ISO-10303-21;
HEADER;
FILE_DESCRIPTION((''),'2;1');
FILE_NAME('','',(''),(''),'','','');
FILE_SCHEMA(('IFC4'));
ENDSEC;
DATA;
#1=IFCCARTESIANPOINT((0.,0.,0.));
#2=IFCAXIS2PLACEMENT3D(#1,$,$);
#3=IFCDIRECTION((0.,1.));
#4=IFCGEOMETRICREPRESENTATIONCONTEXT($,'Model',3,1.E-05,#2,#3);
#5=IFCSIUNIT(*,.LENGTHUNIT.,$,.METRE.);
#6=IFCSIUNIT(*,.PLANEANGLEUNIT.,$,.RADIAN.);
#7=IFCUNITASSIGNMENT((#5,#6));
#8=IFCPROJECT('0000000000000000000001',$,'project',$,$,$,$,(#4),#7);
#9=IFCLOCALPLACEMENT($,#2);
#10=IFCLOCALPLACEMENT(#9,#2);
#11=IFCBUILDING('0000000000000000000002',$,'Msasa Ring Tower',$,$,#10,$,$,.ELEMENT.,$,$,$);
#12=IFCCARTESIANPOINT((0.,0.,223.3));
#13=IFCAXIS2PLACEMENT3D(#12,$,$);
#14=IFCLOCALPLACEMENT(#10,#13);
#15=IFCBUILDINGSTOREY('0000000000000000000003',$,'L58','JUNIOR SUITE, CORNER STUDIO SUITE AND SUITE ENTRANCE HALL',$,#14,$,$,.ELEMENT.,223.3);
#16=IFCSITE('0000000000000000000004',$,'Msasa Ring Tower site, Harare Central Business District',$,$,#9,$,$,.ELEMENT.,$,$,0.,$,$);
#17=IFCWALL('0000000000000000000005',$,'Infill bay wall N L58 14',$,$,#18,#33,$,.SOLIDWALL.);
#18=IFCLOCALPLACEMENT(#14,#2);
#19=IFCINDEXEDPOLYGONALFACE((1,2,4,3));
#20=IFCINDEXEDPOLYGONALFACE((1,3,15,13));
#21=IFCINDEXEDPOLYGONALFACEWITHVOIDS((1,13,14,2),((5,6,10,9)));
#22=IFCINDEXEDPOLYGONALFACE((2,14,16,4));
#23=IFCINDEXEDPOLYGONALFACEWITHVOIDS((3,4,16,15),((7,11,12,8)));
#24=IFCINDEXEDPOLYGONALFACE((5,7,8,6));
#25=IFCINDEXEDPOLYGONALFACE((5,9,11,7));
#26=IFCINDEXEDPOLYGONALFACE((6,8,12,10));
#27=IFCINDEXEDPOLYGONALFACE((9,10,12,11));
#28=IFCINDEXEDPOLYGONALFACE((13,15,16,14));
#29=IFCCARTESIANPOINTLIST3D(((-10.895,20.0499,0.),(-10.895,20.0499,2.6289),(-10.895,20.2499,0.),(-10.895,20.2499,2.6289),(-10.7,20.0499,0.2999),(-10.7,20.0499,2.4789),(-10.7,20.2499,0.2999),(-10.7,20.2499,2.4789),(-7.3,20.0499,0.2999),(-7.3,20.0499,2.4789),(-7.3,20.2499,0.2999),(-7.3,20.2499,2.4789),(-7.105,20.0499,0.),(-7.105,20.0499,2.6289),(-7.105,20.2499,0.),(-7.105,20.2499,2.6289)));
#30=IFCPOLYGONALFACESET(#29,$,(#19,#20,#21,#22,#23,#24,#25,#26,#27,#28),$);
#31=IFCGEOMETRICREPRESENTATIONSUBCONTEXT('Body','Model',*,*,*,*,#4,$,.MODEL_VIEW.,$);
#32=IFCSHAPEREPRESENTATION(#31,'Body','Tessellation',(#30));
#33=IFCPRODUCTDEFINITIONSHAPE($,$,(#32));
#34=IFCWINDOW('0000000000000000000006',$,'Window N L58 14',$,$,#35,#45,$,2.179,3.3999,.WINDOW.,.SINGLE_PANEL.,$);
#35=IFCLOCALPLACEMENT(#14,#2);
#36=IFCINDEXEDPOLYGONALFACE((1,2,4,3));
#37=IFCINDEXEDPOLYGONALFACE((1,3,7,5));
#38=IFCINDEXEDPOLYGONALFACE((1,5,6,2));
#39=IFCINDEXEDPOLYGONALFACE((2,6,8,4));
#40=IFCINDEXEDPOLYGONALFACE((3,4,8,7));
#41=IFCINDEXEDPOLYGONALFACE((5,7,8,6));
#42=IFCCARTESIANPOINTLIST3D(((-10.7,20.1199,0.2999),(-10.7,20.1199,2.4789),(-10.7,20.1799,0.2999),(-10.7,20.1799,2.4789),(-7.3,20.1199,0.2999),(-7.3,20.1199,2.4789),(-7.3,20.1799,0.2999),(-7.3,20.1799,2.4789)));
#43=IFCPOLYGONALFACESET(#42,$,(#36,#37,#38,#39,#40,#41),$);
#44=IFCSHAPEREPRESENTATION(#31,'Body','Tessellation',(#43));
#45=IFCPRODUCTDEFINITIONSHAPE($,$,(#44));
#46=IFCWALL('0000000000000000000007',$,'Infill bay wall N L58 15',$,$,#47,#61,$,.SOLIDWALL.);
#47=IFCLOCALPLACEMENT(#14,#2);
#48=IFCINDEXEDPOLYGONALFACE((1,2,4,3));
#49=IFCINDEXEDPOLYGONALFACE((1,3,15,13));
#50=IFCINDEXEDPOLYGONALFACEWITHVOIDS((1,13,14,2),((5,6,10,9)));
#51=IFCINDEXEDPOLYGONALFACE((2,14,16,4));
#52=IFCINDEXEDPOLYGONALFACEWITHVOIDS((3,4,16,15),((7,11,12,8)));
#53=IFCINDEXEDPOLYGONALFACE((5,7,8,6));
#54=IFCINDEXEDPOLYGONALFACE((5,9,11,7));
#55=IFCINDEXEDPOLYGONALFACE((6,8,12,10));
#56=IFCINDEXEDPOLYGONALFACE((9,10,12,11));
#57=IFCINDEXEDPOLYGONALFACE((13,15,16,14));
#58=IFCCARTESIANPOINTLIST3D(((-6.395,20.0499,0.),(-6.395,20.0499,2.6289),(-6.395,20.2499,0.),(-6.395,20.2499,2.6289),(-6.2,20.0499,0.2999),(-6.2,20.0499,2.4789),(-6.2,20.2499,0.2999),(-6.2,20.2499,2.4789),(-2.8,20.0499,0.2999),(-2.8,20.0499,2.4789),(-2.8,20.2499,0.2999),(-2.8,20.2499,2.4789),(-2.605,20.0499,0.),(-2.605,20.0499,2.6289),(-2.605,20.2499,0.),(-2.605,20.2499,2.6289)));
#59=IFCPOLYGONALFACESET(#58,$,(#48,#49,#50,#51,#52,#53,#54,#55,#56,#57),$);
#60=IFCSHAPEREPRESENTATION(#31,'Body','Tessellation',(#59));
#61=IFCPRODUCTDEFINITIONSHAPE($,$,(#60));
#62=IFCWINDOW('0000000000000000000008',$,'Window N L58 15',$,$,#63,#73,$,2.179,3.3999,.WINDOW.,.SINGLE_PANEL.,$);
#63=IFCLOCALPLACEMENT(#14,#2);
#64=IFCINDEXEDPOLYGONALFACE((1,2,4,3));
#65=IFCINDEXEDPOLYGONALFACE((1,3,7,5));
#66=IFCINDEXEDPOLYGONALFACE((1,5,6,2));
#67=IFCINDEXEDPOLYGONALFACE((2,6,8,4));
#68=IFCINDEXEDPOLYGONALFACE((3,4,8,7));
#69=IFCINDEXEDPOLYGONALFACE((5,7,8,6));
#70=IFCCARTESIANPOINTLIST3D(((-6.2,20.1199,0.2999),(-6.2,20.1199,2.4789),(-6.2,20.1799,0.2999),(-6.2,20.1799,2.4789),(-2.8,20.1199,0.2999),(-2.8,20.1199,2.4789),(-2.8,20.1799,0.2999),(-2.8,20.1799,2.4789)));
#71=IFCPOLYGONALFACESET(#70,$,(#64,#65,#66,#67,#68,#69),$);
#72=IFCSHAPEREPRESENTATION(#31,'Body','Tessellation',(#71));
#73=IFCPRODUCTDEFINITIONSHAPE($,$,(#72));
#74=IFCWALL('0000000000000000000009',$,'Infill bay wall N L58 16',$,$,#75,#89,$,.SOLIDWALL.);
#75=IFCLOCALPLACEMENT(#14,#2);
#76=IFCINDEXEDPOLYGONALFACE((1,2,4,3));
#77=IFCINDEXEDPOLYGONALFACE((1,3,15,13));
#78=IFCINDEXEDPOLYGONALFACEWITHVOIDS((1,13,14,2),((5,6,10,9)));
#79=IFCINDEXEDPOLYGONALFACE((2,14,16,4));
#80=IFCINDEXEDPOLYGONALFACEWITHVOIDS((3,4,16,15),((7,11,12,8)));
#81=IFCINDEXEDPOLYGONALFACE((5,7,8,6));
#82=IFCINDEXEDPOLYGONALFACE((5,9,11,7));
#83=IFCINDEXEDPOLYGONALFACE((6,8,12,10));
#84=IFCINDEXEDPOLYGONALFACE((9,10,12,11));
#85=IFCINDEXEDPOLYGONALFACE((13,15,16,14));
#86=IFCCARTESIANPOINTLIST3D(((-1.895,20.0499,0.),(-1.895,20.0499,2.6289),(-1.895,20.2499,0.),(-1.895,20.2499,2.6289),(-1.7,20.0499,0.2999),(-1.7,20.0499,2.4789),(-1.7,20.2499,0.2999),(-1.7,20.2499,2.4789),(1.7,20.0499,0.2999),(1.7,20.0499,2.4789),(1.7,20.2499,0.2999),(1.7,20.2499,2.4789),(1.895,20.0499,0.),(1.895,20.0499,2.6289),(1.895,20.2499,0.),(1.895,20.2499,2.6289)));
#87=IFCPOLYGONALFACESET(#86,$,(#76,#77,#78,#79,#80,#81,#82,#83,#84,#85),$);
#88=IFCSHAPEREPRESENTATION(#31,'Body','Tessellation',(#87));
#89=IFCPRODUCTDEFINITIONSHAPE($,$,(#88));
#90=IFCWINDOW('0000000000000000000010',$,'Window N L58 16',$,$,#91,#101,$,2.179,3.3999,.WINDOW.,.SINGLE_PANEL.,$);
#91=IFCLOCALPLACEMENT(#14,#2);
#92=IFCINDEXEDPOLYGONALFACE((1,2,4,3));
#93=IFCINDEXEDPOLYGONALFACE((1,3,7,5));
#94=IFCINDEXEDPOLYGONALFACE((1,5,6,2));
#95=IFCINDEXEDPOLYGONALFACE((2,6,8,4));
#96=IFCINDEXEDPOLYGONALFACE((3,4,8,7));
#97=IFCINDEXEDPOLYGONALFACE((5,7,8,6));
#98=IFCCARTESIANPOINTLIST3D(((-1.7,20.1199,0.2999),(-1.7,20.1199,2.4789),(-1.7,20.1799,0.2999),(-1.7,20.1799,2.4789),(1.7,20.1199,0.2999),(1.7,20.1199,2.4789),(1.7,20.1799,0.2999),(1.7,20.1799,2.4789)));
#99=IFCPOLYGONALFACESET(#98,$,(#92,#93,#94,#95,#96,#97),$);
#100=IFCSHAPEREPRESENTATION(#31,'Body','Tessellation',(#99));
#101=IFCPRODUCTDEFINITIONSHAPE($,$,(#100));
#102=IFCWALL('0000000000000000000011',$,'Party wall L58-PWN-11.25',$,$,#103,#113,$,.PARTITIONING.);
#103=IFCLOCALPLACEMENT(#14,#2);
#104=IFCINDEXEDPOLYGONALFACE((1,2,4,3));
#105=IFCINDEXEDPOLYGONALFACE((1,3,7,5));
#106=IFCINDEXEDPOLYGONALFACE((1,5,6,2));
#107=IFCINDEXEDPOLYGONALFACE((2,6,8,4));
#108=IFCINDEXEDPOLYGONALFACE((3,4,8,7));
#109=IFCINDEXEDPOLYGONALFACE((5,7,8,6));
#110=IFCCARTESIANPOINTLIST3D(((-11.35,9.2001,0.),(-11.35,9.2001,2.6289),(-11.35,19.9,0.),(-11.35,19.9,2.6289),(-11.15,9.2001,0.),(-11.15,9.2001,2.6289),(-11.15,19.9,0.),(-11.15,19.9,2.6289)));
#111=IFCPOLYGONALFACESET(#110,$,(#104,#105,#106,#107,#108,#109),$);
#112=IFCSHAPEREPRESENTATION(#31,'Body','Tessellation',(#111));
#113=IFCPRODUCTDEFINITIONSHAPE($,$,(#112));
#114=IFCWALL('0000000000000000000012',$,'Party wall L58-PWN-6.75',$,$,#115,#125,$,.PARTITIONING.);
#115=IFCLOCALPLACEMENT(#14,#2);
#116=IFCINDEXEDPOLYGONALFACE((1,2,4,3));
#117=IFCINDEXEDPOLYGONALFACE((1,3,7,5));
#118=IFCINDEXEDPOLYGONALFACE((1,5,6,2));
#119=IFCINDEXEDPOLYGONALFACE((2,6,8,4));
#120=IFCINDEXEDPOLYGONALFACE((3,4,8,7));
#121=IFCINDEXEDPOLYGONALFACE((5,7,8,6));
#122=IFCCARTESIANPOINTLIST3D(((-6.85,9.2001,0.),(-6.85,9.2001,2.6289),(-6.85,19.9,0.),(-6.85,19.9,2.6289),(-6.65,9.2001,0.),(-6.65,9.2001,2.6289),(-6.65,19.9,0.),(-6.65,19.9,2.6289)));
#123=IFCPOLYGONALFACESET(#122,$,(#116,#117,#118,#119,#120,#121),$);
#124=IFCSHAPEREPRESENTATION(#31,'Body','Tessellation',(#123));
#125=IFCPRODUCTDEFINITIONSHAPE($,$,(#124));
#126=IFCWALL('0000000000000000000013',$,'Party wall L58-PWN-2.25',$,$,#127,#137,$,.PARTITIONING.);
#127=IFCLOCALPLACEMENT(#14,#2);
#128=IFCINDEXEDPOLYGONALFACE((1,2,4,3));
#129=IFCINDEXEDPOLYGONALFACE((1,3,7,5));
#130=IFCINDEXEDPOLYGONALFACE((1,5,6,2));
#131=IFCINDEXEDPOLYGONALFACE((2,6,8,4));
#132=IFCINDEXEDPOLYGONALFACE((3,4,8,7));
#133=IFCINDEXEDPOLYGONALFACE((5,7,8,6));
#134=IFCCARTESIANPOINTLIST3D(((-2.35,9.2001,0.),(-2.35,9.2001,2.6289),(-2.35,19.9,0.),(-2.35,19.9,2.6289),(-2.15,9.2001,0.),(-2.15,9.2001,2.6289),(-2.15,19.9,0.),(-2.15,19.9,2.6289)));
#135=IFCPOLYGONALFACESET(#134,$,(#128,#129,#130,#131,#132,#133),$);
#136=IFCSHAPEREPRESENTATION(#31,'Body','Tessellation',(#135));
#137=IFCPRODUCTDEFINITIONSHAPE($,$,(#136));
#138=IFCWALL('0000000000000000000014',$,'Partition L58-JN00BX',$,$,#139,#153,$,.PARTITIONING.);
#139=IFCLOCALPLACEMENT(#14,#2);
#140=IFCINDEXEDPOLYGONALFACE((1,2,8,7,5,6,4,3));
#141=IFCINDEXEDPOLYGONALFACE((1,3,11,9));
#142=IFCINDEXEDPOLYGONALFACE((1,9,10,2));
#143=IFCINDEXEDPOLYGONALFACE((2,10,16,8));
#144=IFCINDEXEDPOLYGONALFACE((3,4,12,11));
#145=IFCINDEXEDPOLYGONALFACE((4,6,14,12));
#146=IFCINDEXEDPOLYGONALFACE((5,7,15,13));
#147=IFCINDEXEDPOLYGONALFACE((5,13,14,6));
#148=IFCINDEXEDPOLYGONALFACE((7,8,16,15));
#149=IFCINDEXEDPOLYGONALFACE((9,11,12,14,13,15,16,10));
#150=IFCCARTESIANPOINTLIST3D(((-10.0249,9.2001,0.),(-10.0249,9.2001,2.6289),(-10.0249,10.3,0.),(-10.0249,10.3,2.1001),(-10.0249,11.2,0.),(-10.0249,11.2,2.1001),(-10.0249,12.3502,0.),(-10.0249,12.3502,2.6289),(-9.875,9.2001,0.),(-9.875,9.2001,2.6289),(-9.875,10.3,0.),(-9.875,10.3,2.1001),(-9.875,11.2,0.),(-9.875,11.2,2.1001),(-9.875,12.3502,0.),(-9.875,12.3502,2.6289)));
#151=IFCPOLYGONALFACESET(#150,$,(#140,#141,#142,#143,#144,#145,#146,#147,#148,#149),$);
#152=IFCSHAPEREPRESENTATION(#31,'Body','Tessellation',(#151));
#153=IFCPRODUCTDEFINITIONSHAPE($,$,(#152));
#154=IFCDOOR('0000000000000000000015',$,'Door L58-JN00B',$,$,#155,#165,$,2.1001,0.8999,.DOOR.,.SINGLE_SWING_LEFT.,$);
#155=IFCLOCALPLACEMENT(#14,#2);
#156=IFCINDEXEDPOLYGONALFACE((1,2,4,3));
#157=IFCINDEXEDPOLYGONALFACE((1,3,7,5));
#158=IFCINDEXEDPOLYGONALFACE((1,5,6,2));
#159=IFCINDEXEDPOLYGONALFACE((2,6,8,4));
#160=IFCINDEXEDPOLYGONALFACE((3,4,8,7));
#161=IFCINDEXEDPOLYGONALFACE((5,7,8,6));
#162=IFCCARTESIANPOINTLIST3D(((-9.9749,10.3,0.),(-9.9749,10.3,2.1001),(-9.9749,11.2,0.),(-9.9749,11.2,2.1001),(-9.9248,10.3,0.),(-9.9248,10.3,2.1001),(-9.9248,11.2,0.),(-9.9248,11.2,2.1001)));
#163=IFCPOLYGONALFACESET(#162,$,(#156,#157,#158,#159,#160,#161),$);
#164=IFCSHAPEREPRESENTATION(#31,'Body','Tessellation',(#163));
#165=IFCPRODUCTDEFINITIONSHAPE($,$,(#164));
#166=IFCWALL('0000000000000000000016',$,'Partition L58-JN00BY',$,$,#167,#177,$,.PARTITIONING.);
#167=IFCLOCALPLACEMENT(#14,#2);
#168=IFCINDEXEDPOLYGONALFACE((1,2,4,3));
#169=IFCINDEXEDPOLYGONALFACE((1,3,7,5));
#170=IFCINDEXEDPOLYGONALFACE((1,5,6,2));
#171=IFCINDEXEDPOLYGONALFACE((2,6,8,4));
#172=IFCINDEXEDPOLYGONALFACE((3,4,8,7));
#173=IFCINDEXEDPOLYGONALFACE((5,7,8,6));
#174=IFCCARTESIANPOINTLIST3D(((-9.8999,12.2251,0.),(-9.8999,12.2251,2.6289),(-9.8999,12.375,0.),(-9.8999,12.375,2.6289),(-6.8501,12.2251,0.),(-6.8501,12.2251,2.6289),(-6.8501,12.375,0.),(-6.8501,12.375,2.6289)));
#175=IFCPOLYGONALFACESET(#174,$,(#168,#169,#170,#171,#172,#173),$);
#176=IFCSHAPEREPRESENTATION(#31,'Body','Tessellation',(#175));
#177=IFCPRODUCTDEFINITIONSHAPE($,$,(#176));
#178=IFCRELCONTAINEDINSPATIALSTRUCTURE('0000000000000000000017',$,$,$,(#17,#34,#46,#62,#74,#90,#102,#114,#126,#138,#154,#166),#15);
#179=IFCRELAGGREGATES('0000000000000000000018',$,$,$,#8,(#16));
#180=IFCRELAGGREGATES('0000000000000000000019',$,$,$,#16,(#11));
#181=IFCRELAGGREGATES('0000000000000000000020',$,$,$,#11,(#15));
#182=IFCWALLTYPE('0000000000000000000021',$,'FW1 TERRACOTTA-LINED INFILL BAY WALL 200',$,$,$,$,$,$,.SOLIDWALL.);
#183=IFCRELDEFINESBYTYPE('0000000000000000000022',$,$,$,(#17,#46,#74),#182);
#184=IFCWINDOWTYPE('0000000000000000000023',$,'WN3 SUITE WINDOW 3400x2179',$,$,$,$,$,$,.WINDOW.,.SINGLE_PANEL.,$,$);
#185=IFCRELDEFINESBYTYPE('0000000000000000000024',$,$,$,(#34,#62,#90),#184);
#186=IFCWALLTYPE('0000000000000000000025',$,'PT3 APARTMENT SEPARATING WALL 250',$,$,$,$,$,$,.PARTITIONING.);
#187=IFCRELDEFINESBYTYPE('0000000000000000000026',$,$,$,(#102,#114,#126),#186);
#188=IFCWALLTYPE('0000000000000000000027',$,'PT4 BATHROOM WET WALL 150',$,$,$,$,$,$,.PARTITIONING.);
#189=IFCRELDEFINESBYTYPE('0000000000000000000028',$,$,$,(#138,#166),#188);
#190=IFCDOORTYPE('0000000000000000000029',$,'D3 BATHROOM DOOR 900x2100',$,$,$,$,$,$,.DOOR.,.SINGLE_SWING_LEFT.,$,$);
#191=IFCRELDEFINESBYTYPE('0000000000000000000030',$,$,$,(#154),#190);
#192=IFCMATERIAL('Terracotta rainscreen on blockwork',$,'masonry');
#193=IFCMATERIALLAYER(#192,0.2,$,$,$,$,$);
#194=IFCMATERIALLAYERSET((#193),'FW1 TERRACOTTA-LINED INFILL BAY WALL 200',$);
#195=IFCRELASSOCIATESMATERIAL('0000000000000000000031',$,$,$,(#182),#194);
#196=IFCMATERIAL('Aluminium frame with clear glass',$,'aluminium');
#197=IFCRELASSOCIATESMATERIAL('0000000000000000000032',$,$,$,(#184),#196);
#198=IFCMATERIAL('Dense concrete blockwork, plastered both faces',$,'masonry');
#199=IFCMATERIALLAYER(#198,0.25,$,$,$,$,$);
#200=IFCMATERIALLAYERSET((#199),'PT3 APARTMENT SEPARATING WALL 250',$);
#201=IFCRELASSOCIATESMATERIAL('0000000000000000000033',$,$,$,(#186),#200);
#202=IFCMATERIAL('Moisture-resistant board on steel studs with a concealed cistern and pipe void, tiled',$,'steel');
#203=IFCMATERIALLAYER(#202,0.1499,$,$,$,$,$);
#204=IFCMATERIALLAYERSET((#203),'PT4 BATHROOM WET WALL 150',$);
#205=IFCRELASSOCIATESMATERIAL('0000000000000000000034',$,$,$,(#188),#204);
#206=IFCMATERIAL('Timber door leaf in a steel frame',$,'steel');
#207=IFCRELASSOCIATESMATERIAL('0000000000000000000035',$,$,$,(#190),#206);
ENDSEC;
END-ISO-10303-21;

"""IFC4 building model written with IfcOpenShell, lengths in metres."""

from ifc_helpers import new_model, si_unit, direction, frame, frame_2d, origin, place, context, subcontext, project, spatial, rectangle, extrude, material, layer, layer_set, type_object, element, fill, save


model = new_model("IFC4")

# Units and contexts
model_context = context("Model", 3, precision=1e-05, world=origin(), true_north=direction((0.0, 1.0)))
body_context = subcontext(model_context, "Body", "Model", "MODEL_VIEW")
ifc_project = project(units=[si_unit("LENGTHUNIT", "METRE"), si_unit("PLANEANGLEUNIT", "RADIAN")], contexts=[model_context])

# Site, building, storey
site_placement = place(None, origin())
site = spatial("IfcSite", under=ifc_project, at=site_placement, Name="Msasa Ring Tower site, Harare Central Business District", CompositionType="ELEMENT", RefElevation=0.0)
building_placement = place(site_placement, origin())
building = spatial("IfcBuilding", under=site, at=building_placement, Name="Msasa Ring Tower", CompositionType="ELEMENT")
storey_placement = place(building_placement, frame((0.0, 0.0, 223.3)))
storey = spatial("IfcBuildingStorey", under=building, at=storey_placement, Name="L58", Description="JUNIOR SUITE, CORNER STUDIO SUITE AND SUITE ENTRANCE HALL", CompositionType="ELEMENT", Elevation=223.3)

# Walls, openings, windows
ifc_material_1 = material(Name="Terracotta rainscreen on blockwork", Category="masonry")
ifc_layer_1 = layer(ifc_material_1, 0.2)
ifc_layer_set_1 = layer_set([ifc_layer_1], Name="FW1 TERRACOTTA-LINED INFILL BAY WALL 200")
wall_type_1 = type_object("IfcWallType", Name="FW1 TERRACOTTA-LINED INFILL BAY WALL 200", PredefinedType="SOLIDWALL", material=ifc_layer_set_1)
wall_1_placement = place(storey_placement, frame((-10.895, 20.1499, 0.0), z_axis=(0.0, 0.0, 1.0), x_axis=(1.0, 0.0, 0.0)))
wall_1 = element("IfcWall", 1, at=wall_1_placement, inside=storey, type_object=wall_type_1, Name="Infill bay wall N L58 14", PredefinedType="SOLIDWALL", context=body_context, shape_type="SweptSolid", body=[
    extrude(rectangle(XDim=3.79, YDim=0.2, at=frame_2d((1.895, 0.0))), origin(), (0.0, 0.0, 1.0), 2.6289),
])
opening_1_placement = place(wall_1_placement, frame((0.1951, 0.0, 0.3)))
opening_1 = element("IfcOpeningElement", 2, at=opening_1_placement, cuts=wall_1, PredefinedType="OPENING", context=body_context, shape_type="SweptSolid", body=[
    extrude(rectangle(XDim=3.3999, YDim=2.179, at=frame_2d((1.7, 1.0894))), frame((0.0, 0.1099, 0.0), z_axis=(0.0, -1.0, 0.0), x_axis=(1.0, 0.0, 0.0)), (0.0, 0.0, 1.0), 0.22),
])
ifc_material_2 = material(Name="Aluminium frame with clear glass", Category="aluminium")
window_type = type_object("IfcWindowType", Name="WN3 SUITE WINDOW 3400x2179", PartitioningType="SINGLE_PANEL", PredefinedType="WINDOW", material=ifc_material_2)
window_1_placement = place(opening_1_placement, origin())
window_1 = element("IfcWindow", 3, at=window_1_placement, inside=storey, type_object=window_type, Name="Window N L58 14", OverallHeight=2.179, OverallWidth=3.3999, PartitioningType="SINGLE_PANEL", PredefinedType="WINDOW", context=body_context, shape_type="SweptSolid", body=[
    extrude(rectangle(XDim=3.3999, YDim=2.179, at=frame_2d((1.7, 1.0894))), frame((0.0, 0.03, 0.0), z_axis=(0.0, -1.0, 0.0), x_axis=(1.0, 0.0, 0.0)), (0.0, 0.0, 1.0), 0.0601),
])
fill(opening_1, window_1)
wall_2_placement = place(storey_placement, frame((-6.395, 20.1499, 0.0), z_axis=(0.0, 0.0, 1.0), x_axis=(1.0, 0.0, 0.0)))
wall_2 = element("IfcWall", 4, at=wall_2_placement, inside=storey, type_object=wall_type_1, Name="Infill bay wall N L58 15", PredefinedType="SOLIDWALL", context=body_context, shape_type="SweptSolid", body=[
    extrude(rectangle(XDim=3.79, YDim=0.2, at=frame_2d((1.895, 0.0))), origin(), (0.0, 0.0, 1.0), 2.6289),
])
opening_2_placement = place(wall_2_placement, frame((0.1951, 0.0, 0.3)))
opening_2 = element("IfcOpeningElement", 5, at=opening_2_placement, cuts=wall_2, PredefinedType="OPENING", context=body_context, shape_type="SweptSolid", body=[
    extrude(rectangle(XDim=3.3999, YDim=2.179, at=frame_2d((1.7, 1.0894))), frame((0.0, 0.1099, 0.0), z_axis=(0.0, -1.0, 0.0), x_axis=(1.0, 0.0, 0.0)), (0.0, 0.0, 1.0), 0.22),
])
window_2_placement = place(opening_2_placement, origin())
window_2 = element("IfcWindow", 6, at=window_2_placement, inside=storey, type_object=window_type, Name="Window N L58 15", OverallHeight=2.179, OverallWidth=3.3999, PartitioningType="SINGLE_PANEL", PredefinedType="WINDOW", context=body_context, shape_type="SweptSolid", body=[
    extrude(rectangle(XDim=3.3999, YDim=2.179, at=frame_2d((1.7, 1.0894))), frame((0.0, 0.03, 0.0), z_axis=(0.0, -1.0, 0.0), x_axis=(1.0, 0.0, 0.0)), (0.0, 0.0, 1.0), 0.0601),
])
fill(opening_2, window_2)
wall_3_placement = place(storey_placement, frame((-1.895, 20.1499, 0.0), z_axis=(0.0, 0.0, 1.0), x_axis=(1.0, 0.0, 0.0)))
wall_3 = element("IfcWall", 7, at=wall_3_placement, inside=storey, type_object=wall_type_1, Name="Infill bay wall N L58 16", PredefinedType="SOLIDWALL", context=body_context, shape_type="SweptSolid", body=[
    extrude(rectangle(XDim=3.79, YDim=0.2, at=frame_2d((1.895, 0.0))), origin(), (0.0, 0.0, 1.0), 2.6289),
])
opening_3_placement = place(wall_3_placement, frame((0.1951, 0.0, 0.3)))
opening_3 = element("IfcOpeningElement", 8, at=opening_3_placement, cuts=wall_3, PredefinedType="OPENING", context=body_context, shape_type="SweptSolid", body=[
    extrude(rectangle(XDim=3.3999, YDim=2.179, at=frame_2d((1.7, 1.0894))), frame((0.0, 0.1099, 0.0), z_axis=(0.0, -1.0, 0.0), x_axis=(1.0, 0.0, 0.0)), (0.0, 0.0, 1.0), 0.22),
])
window_3_placement = place(opening_3_placement, origin())
window_3 = element("IfcWindow", 9, at=window_3_placement, inside=storey, type_object=window_type, Name="Window N L58 16", OverallHeight=2.179, OverallWidth=3.3999, PartitioningType="SINGLE_PANEL", PredefinedType="WINDOW", context=body_context, shape_type="SweptSolid", body=[
    extrude(rectangle(XDim=3.3999, YDim=2.179, at=frame_2d((1.7, 1.0894))), frame((0.0, 0.03, 0.0), z_axis=(0.0, -1.0, 0.0), x_axis=(1.0, 0.0, 0.0)), (0.0, 0.0, 1.0), 0.0601),
])
fill(opening_3, window_3)

# Walls
ifc_material_3 = material(Name="Dense concrete blockwork, plastered both faces", Category="masonry")
ifc_layer_2 = layer(ifc_material_3, 0.25)
ifc_layer_set_2 = layer_set([ifc_layer_2], Name="PT3 APARTMENT SEPARATING WALL 250")
wall_type_2 = type_object("IfcWallType", Name="PT3 APARTMENT SEPARATING WALL 250", PredefinedType="PARTITIONING", material=ifc_layer_set_2)
for number, where, z_axis, x_axis, name in (
    (10, (-11.25, 9.2, 0.0), (0.0, 0.0, 1.0), (0.0, 1.0, 0.0), "Party wall L58-PWN-11.25"),
    (11, (-6.75, 9.2, 0.0), (0.0, 0.0, 1.0), (0.0, 1.0, 0.0), "Party wall L58-PWN-6.75"),
    (12, (-2.25, 9.2, 0.0), (0.0, 0.0, 1.0), (0.0, 1.0, 0.0), "Party wall L58-PWN-2.25"),
):
    element("IfcWall", number, at=place(storey_placement, frame(where, z_axis=z_axis, x_axis=x_axis)), inside=storey, type_object=wall_type_2, Name=name, PredefinedType="PARTITIONING", context=body_context, shape_type="SweptSolid", body=[
        extrude(rectangle(XDim=10.7, YDim=0.2, at=frame_2d((5.3501, 0.0))), origin(), (0.0, 0.0, 1.0), 2.6289),
    ])

# Wall, opening, door
ifc_material_4 = material(Name="Moisture-resistant board on steel studs with a concealed cistern and pipe void, tiled", Category="steel")
ifc_layer_3 = layer(ifc_material_4, 0.1499)
ifc_layer_set_3 = layer_set([ifc_layer_3], Name="PT4 BATHROOM WET WALL 150")
wall_type_3 = type_object("IfcWallType", Name="PT4 BATHROOM WET WALL 150", PredefinedType="PARTITIONING", material=ifc_layer_set_3)
wall_4_placement = place(storey_placement, frame((-9.95, 9.2, 0.0), z_axis=(0.0, 0.0, 1.0), x_axis=(0.0, 1.0, 0.0)))
wall_4 = element("IfcWall", 13, at=wall_4_placement, inside=storey, type_object=wall_type_3, Name="Partition L58-JN00BX", PredefinedType="PARTITIONING", context=body_context, shape_type="SweptSolid", body=[
    extrude(rectangle(XDim=3.1501, YDim=0.1499, at=frame_2d((1.5752, 0.0))), origin(), (0.0, 0.0, 1.0), 2.6289),
])
opening_4_placement = place(wall_4_placement, frame((1.1001, 0.0, 0.0)))
opening_4 = element("IfcOpeningElement", 14, at=opening_4_placement, cuts=wall_4, PredefinedType="OPENING", context=body_context, shape_type="SweptSolid", body=[
    extrude(rectangle(XDim=0.8999, YDim=2.1001, at=frame_2d((0.45, 1.05))), frame((0.0, 0.085, 0.0), z_axis=(0.0, -1.0, 0.0), x_axis=(1.0, 0.0, 0.0)), (0.0, 0.0, 1.0), 0.1699),
])
ifc_material_5 = material(Name="Timber door leaf in a steel frame", Category="steel")
door_type = type_object("IfcDoorType", Name="D3 BATHROOM DOOR 900x2100", OperationType="SINGLE_SWING_LEFT", PredefinedType="DOOR", material=ifc_material_5)
door_1_placement = place(opening_4_placement, origin())
door_1 = element("IfcDoor", 15, at=door_1_placement, inside=storey, type_object=door_type, Name="Door L58-JN00B", OperationType="SINGLE_SWING_LEFT", OverallHeight=2.1001, OverallWidth=0.8999, PredefinedType="DOOR", context=body_context, shape_type="SweptSolid", body=[
    extrude(rectangle(XDim=0.8999, YDim=2.1001, at=frame_2d((0.45, 1.05))), frame((0.0, 0.0249, 0.0), z_axis=(0.0, -1.0, 0.0), x_axis=(1.0, 0.0, 0.0)), (0.0, 0.0, 1.0), 0.05),
])
fill(opening_4, door_1)

# Wall
wall_5_placement = place(storey_placement, frame((-9.8999, 12.3, 0.0), z_axis=(0.0, 0.0, 1.0), x_axis=(1.0, 0.0, 0.0)))
element("IfcWall", 16, at=wall_5_placement, inside=storey, type_object=wall_type_3, Name="Partition L58-JN00BY", PredefinedType="PARTITIONING", context=body_context, shape_type="SweptSolid", body=[
    extrude(rectangle(XDim=3.0498, YDim=0.1499, at=frame_2d((1.5249, 0.0))), origin(), (0.0, 0.0, 1.0), 2.6289),
])

save(model, "model.ifc")
